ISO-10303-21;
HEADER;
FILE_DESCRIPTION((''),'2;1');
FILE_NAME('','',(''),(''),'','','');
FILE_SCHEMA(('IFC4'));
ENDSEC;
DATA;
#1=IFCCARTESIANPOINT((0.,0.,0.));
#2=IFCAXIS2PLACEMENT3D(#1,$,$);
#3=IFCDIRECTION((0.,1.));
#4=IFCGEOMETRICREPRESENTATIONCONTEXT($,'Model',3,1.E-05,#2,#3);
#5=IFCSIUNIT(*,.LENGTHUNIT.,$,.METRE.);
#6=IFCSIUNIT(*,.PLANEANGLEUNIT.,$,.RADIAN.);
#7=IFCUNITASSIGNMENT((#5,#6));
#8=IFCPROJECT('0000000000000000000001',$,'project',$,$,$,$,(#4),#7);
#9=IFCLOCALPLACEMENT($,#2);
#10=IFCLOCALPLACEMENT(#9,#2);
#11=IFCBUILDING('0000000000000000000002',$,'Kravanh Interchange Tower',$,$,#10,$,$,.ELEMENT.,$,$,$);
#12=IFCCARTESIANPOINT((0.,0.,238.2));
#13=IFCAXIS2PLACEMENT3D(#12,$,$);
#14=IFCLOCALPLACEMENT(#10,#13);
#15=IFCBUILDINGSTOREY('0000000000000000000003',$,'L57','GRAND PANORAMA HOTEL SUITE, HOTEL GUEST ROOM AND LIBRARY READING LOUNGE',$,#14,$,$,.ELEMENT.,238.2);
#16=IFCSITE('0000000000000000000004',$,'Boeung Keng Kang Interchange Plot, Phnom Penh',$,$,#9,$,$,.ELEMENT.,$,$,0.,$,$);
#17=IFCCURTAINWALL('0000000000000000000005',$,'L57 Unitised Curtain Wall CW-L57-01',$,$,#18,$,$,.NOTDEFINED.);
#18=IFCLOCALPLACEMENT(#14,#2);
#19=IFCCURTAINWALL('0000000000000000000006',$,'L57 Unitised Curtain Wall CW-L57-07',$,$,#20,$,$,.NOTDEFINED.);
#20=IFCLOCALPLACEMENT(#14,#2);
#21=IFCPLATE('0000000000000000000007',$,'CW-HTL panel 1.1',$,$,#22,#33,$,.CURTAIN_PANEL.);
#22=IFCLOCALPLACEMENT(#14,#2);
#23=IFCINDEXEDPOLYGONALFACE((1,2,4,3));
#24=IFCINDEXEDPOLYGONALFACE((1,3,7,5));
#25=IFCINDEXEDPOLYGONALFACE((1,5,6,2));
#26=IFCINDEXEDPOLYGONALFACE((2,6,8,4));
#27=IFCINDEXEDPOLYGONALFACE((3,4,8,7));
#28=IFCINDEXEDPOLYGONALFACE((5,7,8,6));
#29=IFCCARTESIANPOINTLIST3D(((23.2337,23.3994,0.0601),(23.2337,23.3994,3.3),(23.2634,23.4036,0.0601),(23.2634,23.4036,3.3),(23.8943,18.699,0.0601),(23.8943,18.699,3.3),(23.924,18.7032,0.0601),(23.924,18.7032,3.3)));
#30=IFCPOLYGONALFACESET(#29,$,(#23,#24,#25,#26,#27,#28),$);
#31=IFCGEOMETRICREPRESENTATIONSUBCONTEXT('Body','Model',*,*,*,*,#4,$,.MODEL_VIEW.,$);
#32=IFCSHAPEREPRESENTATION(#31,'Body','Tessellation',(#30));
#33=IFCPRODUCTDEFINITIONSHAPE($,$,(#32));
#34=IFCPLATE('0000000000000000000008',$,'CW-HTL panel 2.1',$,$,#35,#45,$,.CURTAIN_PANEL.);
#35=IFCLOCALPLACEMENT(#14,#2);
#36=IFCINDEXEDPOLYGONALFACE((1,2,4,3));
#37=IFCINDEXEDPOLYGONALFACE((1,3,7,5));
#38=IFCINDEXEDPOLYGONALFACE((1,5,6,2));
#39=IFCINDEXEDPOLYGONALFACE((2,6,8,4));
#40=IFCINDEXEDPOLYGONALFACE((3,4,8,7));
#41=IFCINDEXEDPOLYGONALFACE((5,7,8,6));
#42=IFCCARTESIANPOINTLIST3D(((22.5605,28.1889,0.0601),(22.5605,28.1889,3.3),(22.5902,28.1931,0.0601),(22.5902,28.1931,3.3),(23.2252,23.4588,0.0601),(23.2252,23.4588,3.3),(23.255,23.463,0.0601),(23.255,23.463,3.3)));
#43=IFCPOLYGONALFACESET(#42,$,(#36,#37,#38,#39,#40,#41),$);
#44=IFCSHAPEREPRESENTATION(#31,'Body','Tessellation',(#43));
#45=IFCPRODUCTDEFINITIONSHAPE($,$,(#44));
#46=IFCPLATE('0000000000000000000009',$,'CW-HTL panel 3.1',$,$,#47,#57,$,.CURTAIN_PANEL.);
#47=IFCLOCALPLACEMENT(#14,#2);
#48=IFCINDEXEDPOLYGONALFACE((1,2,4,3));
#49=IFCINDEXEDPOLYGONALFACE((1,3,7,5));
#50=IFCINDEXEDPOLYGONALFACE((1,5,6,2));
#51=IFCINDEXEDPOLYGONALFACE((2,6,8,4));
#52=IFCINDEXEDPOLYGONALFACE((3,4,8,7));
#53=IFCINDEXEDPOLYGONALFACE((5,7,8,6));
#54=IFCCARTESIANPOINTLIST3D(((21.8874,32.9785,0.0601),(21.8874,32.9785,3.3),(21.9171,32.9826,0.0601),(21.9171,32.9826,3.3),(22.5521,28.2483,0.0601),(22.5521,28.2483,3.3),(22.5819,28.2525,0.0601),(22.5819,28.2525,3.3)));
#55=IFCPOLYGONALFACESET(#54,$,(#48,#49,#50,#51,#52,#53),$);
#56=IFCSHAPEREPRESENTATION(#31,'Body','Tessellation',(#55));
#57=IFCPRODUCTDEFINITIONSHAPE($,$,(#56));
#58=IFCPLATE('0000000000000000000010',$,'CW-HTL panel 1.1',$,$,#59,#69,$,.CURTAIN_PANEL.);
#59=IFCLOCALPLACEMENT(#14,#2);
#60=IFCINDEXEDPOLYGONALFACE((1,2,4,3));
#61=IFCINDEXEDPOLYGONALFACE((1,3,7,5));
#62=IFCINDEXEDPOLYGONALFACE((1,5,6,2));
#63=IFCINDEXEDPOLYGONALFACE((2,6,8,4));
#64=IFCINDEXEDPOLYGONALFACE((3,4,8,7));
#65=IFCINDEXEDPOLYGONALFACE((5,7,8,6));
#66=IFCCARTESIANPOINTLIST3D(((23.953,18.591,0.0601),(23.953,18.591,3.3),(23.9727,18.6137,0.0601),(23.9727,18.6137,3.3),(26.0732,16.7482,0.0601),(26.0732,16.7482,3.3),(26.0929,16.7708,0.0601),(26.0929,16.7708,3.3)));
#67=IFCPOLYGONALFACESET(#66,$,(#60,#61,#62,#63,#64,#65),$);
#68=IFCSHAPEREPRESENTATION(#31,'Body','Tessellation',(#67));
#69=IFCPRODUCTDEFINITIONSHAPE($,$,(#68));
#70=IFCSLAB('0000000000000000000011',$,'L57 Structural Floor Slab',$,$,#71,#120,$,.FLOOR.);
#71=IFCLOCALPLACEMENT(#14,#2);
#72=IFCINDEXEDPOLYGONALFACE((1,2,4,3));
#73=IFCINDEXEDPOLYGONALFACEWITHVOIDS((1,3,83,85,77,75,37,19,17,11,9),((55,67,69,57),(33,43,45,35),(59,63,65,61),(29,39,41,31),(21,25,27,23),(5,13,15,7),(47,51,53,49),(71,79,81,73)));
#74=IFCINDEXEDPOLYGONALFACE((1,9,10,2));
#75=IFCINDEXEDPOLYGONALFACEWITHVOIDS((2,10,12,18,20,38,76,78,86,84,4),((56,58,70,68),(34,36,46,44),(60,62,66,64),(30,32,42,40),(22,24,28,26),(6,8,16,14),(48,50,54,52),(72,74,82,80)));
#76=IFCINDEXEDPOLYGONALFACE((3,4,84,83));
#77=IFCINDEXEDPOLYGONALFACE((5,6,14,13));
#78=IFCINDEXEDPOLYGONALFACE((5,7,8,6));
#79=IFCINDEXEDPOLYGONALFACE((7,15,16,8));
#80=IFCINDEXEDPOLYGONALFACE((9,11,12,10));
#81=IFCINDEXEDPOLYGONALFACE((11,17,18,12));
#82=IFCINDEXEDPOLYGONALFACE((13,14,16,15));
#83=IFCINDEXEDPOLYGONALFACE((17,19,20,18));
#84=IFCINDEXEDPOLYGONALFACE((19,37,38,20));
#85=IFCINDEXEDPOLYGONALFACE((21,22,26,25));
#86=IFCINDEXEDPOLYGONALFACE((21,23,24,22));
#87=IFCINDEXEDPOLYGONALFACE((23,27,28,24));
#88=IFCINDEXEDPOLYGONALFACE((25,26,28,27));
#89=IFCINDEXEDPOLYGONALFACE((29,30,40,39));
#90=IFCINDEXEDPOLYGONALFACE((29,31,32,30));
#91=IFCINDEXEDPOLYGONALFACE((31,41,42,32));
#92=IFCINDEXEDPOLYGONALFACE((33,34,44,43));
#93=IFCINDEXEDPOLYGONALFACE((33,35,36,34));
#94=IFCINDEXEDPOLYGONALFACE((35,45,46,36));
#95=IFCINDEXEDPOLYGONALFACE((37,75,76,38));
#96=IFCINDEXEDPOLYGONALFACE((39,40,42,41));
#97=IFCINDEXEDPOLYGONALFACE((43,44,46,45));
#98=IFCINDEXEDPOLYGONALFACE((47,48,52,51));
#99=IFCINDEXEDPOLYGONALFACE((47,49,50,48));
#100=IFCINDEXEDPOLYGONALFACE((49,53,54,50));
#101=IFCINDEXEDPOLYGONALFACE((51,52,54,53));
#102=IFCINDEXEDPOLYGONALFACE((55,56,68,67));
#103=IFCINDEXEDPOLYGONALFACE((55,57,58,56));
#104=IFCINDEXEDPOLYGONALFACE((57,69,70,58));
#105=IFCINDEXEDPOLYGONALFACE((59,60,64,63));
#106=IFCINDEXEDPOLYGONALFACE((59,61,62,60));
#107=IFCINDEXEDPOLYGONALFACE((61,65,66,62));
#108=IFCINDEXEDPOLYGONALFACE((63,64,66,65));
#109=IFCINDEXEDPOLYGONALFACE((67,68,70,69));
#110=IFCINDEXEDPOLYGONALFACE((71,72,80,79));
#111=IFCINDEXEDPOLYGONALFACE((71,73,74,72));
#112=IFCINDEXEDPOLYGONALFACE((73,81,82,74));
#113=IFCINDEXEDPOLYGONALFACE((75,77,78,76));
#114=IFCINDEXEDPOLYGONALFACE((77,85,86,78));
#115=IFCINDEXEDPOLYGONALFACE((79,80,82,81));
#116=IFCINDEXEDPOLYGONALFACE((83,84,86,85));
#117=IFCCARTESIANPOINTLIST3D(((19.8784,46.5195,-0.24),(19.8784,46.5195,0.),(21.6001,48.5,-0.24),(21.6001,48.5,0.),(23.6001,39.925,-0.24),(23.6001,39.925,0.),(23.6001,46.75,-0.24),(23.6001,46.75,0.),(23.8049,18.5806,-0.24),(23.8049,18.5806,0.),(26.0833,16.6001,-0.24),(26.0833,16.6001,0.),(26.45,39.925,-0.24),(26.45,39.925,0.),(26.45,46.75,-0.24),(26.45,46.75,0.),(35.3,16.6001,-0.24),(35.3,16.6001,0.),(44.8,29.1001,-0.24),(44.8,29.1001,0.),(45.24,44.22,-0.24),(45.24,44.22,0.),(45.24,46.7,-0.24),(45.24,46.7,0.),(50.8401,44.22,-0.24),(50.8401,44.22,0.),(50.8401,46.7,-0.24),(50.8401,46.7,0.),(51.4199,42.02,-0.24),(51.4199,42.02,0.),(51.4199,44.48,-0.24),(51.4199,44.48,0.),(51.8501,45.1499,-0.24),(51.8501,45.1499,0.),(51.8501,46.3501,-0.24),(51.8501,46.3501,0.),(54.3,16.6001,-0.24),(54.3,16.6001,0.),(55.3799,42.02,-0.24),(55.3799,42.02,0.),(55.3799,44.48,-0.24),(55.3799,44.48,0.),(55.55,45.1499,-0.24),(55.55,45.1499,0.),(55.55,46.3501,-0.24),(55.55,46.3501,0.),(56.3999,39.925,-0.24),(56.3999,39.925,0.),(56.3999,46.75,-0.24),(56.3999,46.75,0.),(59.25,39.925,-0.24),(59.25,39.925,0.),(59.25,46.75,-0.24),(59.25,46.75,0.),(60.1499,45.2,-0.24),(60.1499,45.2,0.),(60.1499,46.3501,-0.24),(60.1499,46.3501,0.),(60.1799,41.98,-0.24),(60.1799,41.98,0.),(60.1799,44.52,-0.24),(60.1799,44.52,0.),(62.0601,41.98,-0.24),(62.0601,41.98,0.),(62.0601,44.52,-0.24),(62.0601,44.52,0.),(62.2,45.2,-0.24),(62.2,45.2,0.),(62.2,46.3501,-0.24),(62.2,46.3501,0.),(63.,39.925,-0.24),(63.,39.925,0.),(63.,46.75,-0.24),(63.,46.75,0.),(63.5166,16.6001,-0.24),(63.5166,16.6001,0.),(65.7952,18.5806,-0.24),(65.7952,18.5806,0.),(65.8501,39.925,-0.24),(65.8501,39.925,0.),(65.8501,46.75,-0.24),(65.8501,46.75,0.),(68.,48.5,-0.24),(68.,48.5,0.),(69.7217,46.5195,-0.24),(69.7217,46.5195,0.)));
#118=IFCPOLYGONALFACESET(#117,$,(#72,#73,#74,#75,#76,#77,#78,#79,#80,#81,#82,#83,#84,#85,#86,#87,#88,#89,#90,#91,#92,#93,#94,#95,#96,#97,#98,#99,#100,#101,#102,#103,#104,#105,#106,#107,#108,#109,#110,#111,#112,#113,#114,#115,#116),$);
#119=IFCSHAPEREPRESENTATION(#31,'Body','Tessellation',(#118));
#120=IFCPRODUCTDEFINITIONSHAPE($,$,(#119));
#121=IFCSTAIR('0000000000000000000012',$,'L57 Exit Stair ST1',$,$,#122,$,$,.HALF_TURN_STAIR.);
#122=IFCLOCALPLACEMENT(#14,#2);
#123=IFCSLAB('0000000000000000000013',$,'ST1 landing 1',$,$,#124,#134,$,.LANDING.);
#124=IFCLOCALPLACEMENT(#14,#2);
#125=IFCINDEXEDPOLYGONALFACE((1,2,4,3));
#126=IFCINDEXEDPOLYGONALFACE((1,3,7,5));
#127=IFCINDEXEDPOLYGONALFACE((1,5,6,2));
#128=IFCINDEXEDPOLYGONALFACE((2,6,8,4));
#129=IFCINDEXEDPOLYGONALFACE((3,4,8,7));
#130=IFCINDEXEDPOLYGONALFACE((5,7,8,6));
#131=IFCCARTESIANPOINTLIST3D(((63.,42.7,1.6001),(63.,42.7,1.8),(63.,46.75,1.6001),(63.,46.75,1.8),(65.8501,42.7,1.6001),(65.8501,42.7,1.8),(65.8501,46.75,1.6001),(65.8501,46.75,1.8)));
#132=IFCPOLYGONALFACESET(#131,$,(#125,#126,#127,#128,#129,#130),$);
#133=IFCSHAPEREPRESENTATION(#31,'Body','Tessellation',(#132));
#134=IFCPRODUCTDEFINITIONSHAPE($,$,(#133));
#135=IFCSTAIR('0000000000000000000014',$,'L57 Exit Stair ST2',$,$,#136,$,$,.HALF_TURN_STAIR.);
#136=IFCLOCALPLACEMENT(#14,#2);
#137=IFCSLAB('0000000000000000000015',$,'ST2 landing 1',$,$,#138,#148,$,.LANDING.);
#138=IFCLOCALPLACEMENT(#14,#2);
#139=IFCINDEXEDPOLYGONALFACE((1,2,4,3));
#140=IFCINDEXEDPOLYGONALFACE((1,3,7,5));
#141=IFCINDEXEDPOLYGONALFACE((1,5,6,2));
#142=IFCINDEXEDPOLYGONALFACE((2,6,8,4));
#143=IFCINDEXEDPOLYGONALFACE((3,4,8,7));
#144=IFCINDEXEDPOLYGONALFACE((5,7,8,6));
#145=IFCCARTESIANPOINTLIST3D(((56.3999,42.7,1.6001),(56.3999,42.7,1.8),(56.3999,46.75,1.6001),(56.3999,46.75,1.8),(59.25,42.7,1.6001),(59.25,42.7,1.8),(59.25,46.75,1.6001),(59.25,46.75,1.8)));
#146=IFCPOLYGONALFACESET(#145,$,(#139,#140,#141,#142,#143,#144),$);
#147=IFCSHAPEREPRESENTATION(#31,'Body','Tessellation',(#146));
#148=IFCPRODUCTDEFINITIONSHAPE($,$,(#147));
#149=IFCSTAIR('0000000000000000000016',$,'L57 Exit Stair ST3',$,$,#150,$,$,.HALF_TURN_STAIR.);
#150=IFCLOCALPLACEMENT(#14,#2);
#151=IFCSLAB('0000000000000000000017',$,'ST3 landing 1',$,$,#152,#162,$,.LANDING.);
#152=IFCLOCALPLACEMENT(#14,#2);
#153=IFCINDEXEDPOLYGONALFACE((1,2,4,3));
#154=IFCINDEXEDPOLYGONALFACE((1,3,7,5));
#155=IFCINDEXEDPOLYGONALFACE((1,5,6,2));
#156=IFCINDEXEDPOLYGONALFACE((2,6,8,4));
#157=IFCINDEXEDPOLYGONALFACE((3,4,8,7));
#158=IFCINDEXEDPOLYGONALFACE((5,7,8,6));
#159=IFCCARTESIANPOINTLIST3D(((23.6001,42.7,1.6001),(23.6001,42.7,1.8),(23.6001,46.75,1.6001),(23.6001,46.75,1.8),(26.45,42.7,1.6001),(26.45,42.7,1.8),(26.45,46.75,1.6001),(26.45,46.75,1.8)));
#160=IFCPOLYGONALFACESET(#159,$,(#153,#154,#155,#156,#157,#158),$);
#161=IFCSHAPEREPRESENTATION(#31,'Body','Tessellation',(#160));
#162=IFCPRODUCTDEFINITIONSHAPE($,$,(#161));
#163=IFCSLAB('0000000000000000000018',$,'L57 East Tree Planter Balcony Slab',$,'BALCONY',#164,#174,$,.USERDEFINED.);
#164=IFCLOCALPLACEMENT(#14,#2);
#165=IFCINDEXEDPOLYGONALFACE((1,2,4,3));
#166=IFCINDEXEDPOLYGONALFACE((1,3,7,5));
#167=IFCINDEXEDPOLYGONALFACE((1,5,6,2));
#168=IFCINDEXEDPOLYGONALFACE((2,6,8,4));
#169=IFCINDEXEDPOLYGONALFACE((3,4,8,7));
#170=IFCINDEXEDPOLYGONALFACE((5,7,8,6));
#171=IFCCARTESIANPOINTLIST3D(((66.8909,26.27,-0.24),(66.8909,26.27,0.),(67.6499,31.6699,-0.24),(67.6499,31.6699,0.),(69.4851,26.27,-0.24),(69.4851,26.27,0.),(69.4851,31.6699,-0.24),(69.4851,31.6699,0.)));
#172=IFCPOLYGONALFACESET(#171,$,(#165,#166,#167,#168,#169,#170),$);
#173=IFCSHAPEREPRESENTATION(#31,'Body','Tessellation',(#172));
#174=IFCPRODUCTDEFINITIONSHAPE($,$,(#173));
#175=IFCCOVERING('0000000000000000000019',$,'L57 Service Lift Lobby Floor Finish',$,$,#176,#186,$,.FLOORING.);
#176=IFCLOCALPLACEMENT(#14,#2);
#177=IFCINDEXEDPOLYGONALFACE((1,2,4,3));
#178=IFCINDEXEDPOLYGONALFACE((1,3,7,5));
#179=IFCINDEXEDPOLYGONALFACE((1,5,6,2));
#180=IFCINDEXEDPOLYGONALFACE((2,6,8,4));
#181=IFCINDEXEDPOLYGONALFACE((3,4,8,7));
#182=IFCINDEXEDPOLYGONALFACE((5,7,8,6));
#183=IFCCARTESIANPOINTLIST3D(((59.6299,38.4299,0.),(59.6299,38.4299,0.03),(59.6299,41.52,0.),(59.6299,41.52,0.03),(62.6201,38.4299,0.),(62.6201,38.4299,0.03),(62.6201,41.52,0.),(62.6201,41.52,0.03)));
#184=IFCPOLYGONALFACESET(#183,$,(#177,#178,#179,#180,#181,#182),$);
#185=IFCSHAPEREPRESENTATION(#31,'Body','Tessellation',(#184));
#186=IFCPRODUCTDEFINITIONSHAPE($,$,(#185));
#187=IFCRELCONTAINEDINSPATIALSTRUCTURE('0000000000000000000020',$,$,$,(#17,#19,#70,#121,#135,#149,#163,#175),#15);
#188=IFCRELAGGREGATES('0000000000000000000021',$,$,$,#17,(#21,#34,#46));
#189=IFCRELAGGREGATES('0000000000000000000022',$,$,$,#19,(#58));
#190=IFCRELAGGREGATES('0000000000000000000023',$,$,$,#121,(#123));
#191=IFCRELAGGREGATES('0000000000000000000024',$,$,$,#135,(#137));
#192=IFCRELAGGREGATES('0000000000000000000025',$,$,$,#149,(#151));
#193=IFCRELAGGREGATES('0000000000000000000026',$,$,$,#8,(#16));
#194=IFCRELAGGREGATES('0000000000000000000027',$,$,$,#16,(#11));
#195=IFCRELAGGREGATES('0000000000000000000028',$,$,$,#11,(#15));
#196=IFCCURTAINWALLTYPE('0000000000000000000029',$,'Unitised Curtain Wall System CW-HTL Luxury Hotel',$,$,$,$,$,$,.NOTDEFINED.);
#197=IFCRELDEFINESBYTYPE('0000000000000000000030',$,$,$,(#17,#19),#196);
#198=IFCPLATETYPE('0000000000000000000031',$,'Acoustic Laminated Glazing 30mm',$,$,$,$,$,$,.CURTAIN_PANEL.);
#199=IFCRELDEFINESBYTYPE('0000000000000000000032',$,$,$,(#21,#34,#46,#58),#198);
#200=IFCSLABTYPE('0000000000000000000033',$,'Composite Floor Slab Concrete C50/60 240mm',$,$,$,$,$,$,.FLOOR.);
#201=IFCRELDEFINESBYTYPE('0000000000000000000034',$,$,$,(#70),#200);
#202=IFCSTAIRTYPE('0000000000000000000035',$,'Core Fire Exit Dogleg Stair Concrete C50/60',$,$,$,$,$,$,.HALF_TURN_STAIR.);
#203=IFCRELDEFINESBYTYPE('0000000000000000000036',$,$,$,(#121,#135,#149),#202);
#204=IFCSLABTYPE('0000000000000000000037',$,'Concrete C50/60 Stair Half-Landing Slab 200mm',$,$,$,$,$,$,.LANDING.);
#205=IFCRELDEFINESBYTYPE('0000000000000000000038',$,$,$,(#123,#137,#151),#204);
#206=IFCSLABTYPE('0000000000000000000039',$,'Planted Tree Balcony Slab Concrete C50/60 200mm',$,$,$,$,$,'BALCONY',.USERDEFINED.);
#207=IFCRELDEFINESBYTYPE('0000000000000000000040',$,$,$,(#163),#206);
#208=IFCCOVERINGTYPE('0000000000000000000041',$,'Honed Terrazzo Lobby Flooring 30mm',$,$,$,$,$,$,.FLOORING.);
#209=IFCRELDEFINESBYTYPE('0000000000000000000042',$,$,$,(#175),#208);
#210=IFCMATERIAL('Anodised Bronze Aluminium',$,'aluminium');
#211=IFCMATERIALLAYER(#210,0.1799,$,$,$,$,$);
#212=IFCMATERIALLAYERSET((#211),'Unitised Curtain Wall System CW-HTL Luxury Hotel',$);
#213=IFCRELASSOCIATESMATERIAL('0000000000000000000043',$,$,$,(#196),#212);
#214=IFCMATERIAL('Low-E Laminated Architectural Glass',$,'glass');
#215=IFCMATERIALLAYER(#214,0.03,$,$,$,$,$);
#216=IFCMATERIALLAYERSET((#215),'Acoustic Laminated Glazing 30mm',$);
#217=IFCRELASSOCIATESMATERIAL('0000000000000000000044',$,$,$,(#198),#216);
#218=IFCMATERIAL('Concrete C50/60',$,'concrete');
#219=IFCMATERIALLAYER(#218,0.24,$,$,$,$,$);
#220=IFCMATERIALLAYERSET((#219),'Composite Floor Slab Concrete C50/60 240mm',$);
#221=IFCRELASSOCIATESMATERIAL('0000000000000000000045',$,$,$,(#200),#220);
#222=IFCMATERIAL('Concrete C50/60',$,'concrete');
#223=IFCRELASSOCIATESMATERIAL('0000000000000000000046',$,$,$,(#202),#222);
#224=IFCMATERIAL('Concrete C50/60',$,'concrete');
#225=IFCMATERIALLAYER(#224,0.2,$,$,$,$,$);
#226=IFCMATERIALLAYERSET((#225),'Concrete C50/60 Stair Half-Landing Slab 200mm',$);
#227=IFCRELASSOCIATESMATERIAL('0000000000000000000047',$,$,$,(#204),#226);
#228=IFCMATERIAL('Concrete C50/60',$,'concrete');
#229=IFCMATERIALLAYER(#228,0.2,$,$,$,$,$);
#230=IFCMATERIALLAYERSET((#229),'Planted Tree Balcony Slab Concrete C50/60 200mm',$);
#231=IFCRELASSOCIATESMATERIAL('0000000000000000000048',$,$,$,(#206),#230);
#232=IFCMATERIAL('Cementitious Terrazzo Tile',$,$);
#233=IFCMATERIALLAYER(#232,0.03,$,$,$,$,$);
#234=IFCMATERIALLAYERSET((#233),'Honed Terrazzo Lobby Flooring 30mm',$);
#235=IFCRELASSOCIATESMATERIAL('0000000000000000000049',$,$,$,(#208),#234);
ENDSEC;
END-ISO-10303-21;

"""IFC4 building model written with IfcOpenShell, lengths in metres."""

from ifc_helpers import new_model, si_unit, direction, frame, origin, origin_2d, place, context, subcontext, project, spatial, polyline, rectangle, outline, extrude, material, layer, layer_set, type_object, element, aggregate, save


model = new_model("IFC4")

# Units and contexts
model_context = context("Model", 3, precision=1e-05, world=origin(), true_north=direction((0.0, 1.0)))
body_context = subcontext(model_context, "Body", "Model", "MODEL_VIEW")
ifc_project = project(units=[si_unit("LENGTHUNIT", "METRE"), si_unit("PLANEANGLEUNIT", "RADIAN")], contexts=[model_context])

# Site, building, storey
site_placement = place(None, origin())
site = spatial("IfcSite", under=ifc_project, at=site_placement, Name="Boeung Keng Kang Interchange Plot, Phnom Penh", CompositionType="ELEMENT", RefElevation=0.0)
building_placement = place(site_placement, origin())
building = spatial("IfcBuilding", under=site, at=building_placement, Name="Kravanh Interchange Tower", CompositionType="ELEMENT")
storey_placement = place(building_placement, frame((0.0, 0.0, 238.2)))
storey = spatial("IfcBuildingStorey", under=building, at=storey_placement, Name="L57", Description="GRAND PANORAMA HOTEL SUITE, HOTEL GUEST ROOM AND LIBRARY READING LOUNGE", CompositionType="ELEMENT", Elevation=238.2)

# Curtain wall
ifc_material_1 = material(Name="Anodised Bronze Aluminium", Category="aluminium")
ifc_layer_1 = layer(ifc_material_1, 0.1799)
ifc_layer_set_1 = layer_set([ifc_layer_1], Name="Unitised Curtain Wall System CW-HTL Luxury Hotel")
curtain_wall_type = type_object("IfcCurtainWallType", Name="Unitised Curtain Wall System CW-HTL Luxury Hotel", PredefinedType="NOTDEFINED", material=ifc_layer_set_1)
curtain_wall_1_placement = place(storey_placement, origin())
curtain_wall_1 = element("IfcCurtainWall", 1, at=curtain_wall_1_placement, inside=storey, type_object=curtain_wall_type, Name="L57 Unitised Curtain Wall CW-L57-01", PredefinedType="NOTDEFINED")

# Curtain wall
curtain_wall_2_placement = place(storey_placement, origin())
curtain_wall_2 = element("IfcCurtainWall", 2, at=curtain_wall_2_placement, inside=storey, type_object=curtain_wall_type, Name="L57 Unitised Curtain Wall CW-L57-07", PredefinedType="NOTDEFINED")

# Plates
ifc_material_2 = material(Name="Low-E Laminated Architectural Glass", Category="glass")
ifc_layer_2 = layer(ifc_material_2, 0.03)
ifc_layer_set_2 = layer_set([ifc_layer_2], Name="Acoustic Laminated Glazing 30mm")
plate_type = type_object("IfcPlateType", Name="Acoustic Laminated Glazing 30mm", PredefinedType="CURTAIN_PANEL", material=ifc_layer_set_2)
plate_1_placement = place(storey_placement, frame((23.5789, 21.0513, 0.0601), z_axis=(0.0, 0.0, 1.0), x_axis=(-0.139176, 0.990268, 0.0)))
plate_1 = element("IfcPlate", 3, at=plate_1_placement, type_object=plate_type, Name="CW-HTL panel 1.1", PredefinedType="CURTAIN_PANEL", context=body_context, shape_type="SweptSolid", body=[
    extrude(rectangle(XDim=4.7466, YDim=0.03, at=origin_2d()), origin(), (0.0, 0.0, 1.0), 3.24),
])
plate_2_placement = place(storey_placement, frame((22.9077, 25.8259, 0.0601), z_axis=(0.0, 0.0, 1.0), x_axis=(-0.139176, 0.990268, 0.0)))
plate_2 = element("IfcPlate", 4, at=plate_2_placement, type_object=plate_type, Name="CW-HTL panel 2.1", PredefinedType="CURTAIN_PANEL", context=body_context, shape_type="SweptSolid", body=[
    extrude(rectangle(XDim=4.7766, YDim=0.03, at=origin_2d()), origin(), (0.0, 0.0, 1.0), 3.24),
])
plate_3_placement = place(storey_placement, frame((22.2346, 30.6155, 0.0601), z_axis=(0.0, 0.0, 1.0), x_axis=(-0.139176, 0.990268, 0.0)))
plate_3 = element("IfcPlate", 5, at=plate_3_placement, type_object=plate_type, Name="CW-HTL panel 3.1", PredefinedType="CURTAIN_PANEL", context=body_context, shape_type="SweptSolid", body=[
    extrude(rectangle(XDim=4.7766, YDim=0.03, at=origin_2d()), origin(), (0.0, 0.0, 1.0), 3.24),
])
aggregate(curtain_wall_1, [plate_1, plate_2, plate_3])
plate_4_placement = place(storey_placement, frame((25.0229, 17.6809, 0.0601), z_axis=(0.0, 0.0, 1.0), x_axis=(-0.754732, 0.656033, 0.0)))
plate_4 = element("IfcPlate", 6, at=plate_4_placement, type_object=plate_type, Name="CW-HTL panel 1.1", PredefinedType="CURTAIN_PANEL", context=body_context, shape_type="SweptSolid", body=[
    extrude(rectangle(XDim=2.8091, YDim=0.03, at=origin_2d()), origin(), (0.0, 0.0, 1.0), 3.24),
])
aggregate(curtain_wall_2, [plate_4])

# Slab
ifc_material_3 = material(Name="Concrete C50/60", Category="concrete")
ifc_layer_3 = layer(ifc_material_3, 0.24)
ifc_layer_set_3 = layer_set([ifc_layer_3], Name="Composite Floor Slab Concrete C50/60 240mm")
slab_type_1 = type_object("IfcSlabType", Name="Composite Floor Slab Concrete C50/60 240mm", PredefinedType="FLOOR", material=ifc_layer_set_3)
slab_1_placement = place(storey_placement, frame((0.0, 0.0, -0.24)))
element("IfcSlab", 7, at=slab_1_placement, inside=storey, type_object=slab_type_1, Name="L57 Structural Floor Slab", PredefinedType="FLOOR", context=body_context, shape_type="SweptSolid", body=[
    extrude(outline(polyline([(23.8049, 18.5806), (26.0833, 16.6001), (35.3, 16.6001), (44.8, 29.1001), (54.3, 16.6001), (63.5166, 16.6001), (65.7952, 18.5806), (69.7217, 46.5195), (68.0, 48.5), (21.6001, 48.5), (19.8784, 46.5195), (23.8049, 18.5806)]), holes=[polyline([(65.8501, 39.925), (65.8501, 46.75), (63.0, 46.75), (63.0, 39.925), (65.8501, 39.925)]), polyline([(59.25, 39.925), (59.25, 46.75), (56.3999, 46.75), (56.3999, 39.925), (59.25, 39.925)]), polyline([(26.45, 39.925), (26.45, 46.75), (23.6001, 46.75), (23.6001, 39.925), (26.45, 39.925)]), polyline([(45.24, 44.22), (50.8401, 44.22), (50.8401, 46.7), (45.24, 46.7), (45.24, 44.22)]), polyline([(51.4199, 42.02), (55.3799, 42.02), (55.3799, 44.48), (51.4199, 44.48), (51.4199, 42.02)]), polyline([(60.1799, 41.98), (62.0601, 41.98), (62.0601, 44.52), (60.1799, 44.52), (60.1799, 41.98)]), polyline([(60.1499, 45.2), (62.2, 45.2), (62.2, 46.3501), (60.1499, 46.3501), (60.1499, 45.2)]), polyline([(51.8501, 45.1499), (55.55, 45.1499), (55.55, 46.3501), (51.8501, 46.3501), (51.8501, 45.1499)])]), origin(), (0.0, 0.0, 1.0), 0.24),
])

# Stairs, slabs
ifc_material_4 = material(Name="Concrete C50/60", Category="concrete")
stair_type = type_object("IfcStairType", Name="Core Fire Exit Dogleg Stair Concrete C50/60", PredefinedType="HALF_TURN_STAIR", material=ifc_material_4)
stair_1_placement = place(storey_placement, origin())
stair_1 = element("IfcStair", 8, at=stair_1_placement, inside=storey, type_object=stair_type, Name="L57 Exit Stair ST1", PredefinedType="HALF_TURN_STAIR")
ifc_material_5 = material(Name="Concrete C50/60", Category="concrete")
ifc_layer_4 = layer(ifc_material_5, 0.2)
ifc_layer_set_4 = layer_set([ifc_layer_4], Name="Concrete C50/60 Stair Half-Landing Slab 200mm")
slab_type_2 = type_object("IfcSlabType", Name="Concrete C50/60 Stair Half-Landing Slab 200mm", PredefinedType="LANDING", material=ifc_layer_set_4)
slab_2_placement = place(storey_placement, frame((0.0, 0.0, 1.6001)))
slab_2 = element("IfcSlab", 9, at=slab_2_placement, type_object=slab_type_2, Name="ST1 landing 1", PredefinedType="LANDING", context=body_context, shape_type="SweptSolid", body=[
    extrude(outline(polyline([(65.8501, 42.7), (65.8501, 46.75), (63.0, 46.75), (63.0, 42.7), (65.8501, 42.7)])), origin(), (0.0, 0.0, 1.0), 0.2),
])
aggregate(stair_1, [slab_2])
stair_2_placement = place(storey_placement, origin())
stair_2 = element("IfcStair", 10, at=stair_2_placement, inside=storey, type_object=stair_type, Name="L57 Exit Stair ST2", PredefinedType="HALF_TURN_STAIR")
slab_3_placement = place(storey_placement, frame((0.0, 0.0, 1.6001)))
slab_3 = element("IfcSlab", 11, at=slab_3_placement, type_object=slab_type_2, Name="ST2 landing 1", PredefinedType="LANDING", context=body_context, shape_type="SweptSolid", body=[
    extrude(outline(polyline([(59.25, 42.7), (59.25, 46.75), (56.3999, 46.75), (56.3999, 42.7), (59.25, 42.7)])), origin(), (0.0, 0.0, 1.0), 0.2),
])
aggregate(stair_2, [slab_3])
stair_3_placement = place(storey_placement, origin())
stair_3 = element("IfcStair", 12, at=stair_3_placement, inside=storey, type_object=stair_type, Name="L57 Exit Stair ST3", PredefinedType="HALF_TURN_STAIR")
slab_4_placement = place(storey_placement, frame((0.0, 0.0, 1.6001)))
slab_4 = element("IfcSlab", 13, at=slab_4_placement, type_object=slab_type_2, Name="ST3 landing 1", PredefinedType="LANDING", context=body_context, shape_type="SweptSolid", body=[
    extrude(outline(polyline([(26.45, 42.7), (26.45, 46.75), (23.6001, 46.75), (23.6001, 42.7), (26.45, 42.7)])), origin(), (0.0, 0.0, 1.0), 0.2),
])
aggregate(stair_3, [slab_4])

# Slab
ifc_material_6 = material(Name="Concrete C50/60", Category="concrete")
ifc_layer_5 = layer(ifc_material_6, 0.2)
ifc_layer_set_5 = layer_set([ifc_layer_5], Name="Planted Tree Balcony Slab Concrete C50/60 200mm")
slab_type_3 = type_object("IfcSlabType", Name="Planted Tree Balcony Slab Concrete C50/60 200mm", ElementType="BALCONY", PredefinedType="USERDEFINED", material=ifc_layer_set_5)
slab_5_placement = place(storey_placement, frame((0.0, 0.0, -0.24)))
element("IfcSlab", 14, at=slab_5_placement, inside=storey, type_object=slab_type_3, Name="L57 East Tree Planter Balcony Slab", ObjectType="BALCONY", PredefinedType="USERDEFINED", context=body_context, shape_type="SweptSolid", body=[
    extrude(outline(polyline([(69.4851, 31.6699), (69.4851, 26.27), (66.8909, 26.27), (67.6499, 31.6699), (69.4851, 31.6699)])), origin(), (0.0, 0.0, 1.0), 0.24),
])

# Covering
ifc_material_7 = material(Name="Cementitious Terrazzo Tile")
ifc_layer_6 = layer(ifc_material_7, 0.03)
ifc_layer_set_6 = layer_set([ifc_layer_6], Name="Honed Terrazzo Lobby Flooring 30mm")
covering_type_1 = type_object("IfcCoveringType", Name="Honed Terrazzo Lobby Flooring 30mm", PredefinedType="FLOORING", material=ifc_layer_set_6)
covering_1_placement = place(storey_placement, origin())
element("IfcCovering", 15, at=covering_1_placement, inside=storey, type_object=covering_type_1, Name="L57 Service Lift Lobby Floor Finish", PredefinedType="FLOORING", context=body_context, shape_type="SweptSolid", body=[
    extrude(outline(polyline([(59.6299, 41.52), (62.6201, 41.52), (62.6201, 38.4299), (59.6299, 38.4299), (59.6299, 41.52)])), origin(), (0.0, 0.0, 1.0), 0.03),
])

save(model, "model.ifc")
